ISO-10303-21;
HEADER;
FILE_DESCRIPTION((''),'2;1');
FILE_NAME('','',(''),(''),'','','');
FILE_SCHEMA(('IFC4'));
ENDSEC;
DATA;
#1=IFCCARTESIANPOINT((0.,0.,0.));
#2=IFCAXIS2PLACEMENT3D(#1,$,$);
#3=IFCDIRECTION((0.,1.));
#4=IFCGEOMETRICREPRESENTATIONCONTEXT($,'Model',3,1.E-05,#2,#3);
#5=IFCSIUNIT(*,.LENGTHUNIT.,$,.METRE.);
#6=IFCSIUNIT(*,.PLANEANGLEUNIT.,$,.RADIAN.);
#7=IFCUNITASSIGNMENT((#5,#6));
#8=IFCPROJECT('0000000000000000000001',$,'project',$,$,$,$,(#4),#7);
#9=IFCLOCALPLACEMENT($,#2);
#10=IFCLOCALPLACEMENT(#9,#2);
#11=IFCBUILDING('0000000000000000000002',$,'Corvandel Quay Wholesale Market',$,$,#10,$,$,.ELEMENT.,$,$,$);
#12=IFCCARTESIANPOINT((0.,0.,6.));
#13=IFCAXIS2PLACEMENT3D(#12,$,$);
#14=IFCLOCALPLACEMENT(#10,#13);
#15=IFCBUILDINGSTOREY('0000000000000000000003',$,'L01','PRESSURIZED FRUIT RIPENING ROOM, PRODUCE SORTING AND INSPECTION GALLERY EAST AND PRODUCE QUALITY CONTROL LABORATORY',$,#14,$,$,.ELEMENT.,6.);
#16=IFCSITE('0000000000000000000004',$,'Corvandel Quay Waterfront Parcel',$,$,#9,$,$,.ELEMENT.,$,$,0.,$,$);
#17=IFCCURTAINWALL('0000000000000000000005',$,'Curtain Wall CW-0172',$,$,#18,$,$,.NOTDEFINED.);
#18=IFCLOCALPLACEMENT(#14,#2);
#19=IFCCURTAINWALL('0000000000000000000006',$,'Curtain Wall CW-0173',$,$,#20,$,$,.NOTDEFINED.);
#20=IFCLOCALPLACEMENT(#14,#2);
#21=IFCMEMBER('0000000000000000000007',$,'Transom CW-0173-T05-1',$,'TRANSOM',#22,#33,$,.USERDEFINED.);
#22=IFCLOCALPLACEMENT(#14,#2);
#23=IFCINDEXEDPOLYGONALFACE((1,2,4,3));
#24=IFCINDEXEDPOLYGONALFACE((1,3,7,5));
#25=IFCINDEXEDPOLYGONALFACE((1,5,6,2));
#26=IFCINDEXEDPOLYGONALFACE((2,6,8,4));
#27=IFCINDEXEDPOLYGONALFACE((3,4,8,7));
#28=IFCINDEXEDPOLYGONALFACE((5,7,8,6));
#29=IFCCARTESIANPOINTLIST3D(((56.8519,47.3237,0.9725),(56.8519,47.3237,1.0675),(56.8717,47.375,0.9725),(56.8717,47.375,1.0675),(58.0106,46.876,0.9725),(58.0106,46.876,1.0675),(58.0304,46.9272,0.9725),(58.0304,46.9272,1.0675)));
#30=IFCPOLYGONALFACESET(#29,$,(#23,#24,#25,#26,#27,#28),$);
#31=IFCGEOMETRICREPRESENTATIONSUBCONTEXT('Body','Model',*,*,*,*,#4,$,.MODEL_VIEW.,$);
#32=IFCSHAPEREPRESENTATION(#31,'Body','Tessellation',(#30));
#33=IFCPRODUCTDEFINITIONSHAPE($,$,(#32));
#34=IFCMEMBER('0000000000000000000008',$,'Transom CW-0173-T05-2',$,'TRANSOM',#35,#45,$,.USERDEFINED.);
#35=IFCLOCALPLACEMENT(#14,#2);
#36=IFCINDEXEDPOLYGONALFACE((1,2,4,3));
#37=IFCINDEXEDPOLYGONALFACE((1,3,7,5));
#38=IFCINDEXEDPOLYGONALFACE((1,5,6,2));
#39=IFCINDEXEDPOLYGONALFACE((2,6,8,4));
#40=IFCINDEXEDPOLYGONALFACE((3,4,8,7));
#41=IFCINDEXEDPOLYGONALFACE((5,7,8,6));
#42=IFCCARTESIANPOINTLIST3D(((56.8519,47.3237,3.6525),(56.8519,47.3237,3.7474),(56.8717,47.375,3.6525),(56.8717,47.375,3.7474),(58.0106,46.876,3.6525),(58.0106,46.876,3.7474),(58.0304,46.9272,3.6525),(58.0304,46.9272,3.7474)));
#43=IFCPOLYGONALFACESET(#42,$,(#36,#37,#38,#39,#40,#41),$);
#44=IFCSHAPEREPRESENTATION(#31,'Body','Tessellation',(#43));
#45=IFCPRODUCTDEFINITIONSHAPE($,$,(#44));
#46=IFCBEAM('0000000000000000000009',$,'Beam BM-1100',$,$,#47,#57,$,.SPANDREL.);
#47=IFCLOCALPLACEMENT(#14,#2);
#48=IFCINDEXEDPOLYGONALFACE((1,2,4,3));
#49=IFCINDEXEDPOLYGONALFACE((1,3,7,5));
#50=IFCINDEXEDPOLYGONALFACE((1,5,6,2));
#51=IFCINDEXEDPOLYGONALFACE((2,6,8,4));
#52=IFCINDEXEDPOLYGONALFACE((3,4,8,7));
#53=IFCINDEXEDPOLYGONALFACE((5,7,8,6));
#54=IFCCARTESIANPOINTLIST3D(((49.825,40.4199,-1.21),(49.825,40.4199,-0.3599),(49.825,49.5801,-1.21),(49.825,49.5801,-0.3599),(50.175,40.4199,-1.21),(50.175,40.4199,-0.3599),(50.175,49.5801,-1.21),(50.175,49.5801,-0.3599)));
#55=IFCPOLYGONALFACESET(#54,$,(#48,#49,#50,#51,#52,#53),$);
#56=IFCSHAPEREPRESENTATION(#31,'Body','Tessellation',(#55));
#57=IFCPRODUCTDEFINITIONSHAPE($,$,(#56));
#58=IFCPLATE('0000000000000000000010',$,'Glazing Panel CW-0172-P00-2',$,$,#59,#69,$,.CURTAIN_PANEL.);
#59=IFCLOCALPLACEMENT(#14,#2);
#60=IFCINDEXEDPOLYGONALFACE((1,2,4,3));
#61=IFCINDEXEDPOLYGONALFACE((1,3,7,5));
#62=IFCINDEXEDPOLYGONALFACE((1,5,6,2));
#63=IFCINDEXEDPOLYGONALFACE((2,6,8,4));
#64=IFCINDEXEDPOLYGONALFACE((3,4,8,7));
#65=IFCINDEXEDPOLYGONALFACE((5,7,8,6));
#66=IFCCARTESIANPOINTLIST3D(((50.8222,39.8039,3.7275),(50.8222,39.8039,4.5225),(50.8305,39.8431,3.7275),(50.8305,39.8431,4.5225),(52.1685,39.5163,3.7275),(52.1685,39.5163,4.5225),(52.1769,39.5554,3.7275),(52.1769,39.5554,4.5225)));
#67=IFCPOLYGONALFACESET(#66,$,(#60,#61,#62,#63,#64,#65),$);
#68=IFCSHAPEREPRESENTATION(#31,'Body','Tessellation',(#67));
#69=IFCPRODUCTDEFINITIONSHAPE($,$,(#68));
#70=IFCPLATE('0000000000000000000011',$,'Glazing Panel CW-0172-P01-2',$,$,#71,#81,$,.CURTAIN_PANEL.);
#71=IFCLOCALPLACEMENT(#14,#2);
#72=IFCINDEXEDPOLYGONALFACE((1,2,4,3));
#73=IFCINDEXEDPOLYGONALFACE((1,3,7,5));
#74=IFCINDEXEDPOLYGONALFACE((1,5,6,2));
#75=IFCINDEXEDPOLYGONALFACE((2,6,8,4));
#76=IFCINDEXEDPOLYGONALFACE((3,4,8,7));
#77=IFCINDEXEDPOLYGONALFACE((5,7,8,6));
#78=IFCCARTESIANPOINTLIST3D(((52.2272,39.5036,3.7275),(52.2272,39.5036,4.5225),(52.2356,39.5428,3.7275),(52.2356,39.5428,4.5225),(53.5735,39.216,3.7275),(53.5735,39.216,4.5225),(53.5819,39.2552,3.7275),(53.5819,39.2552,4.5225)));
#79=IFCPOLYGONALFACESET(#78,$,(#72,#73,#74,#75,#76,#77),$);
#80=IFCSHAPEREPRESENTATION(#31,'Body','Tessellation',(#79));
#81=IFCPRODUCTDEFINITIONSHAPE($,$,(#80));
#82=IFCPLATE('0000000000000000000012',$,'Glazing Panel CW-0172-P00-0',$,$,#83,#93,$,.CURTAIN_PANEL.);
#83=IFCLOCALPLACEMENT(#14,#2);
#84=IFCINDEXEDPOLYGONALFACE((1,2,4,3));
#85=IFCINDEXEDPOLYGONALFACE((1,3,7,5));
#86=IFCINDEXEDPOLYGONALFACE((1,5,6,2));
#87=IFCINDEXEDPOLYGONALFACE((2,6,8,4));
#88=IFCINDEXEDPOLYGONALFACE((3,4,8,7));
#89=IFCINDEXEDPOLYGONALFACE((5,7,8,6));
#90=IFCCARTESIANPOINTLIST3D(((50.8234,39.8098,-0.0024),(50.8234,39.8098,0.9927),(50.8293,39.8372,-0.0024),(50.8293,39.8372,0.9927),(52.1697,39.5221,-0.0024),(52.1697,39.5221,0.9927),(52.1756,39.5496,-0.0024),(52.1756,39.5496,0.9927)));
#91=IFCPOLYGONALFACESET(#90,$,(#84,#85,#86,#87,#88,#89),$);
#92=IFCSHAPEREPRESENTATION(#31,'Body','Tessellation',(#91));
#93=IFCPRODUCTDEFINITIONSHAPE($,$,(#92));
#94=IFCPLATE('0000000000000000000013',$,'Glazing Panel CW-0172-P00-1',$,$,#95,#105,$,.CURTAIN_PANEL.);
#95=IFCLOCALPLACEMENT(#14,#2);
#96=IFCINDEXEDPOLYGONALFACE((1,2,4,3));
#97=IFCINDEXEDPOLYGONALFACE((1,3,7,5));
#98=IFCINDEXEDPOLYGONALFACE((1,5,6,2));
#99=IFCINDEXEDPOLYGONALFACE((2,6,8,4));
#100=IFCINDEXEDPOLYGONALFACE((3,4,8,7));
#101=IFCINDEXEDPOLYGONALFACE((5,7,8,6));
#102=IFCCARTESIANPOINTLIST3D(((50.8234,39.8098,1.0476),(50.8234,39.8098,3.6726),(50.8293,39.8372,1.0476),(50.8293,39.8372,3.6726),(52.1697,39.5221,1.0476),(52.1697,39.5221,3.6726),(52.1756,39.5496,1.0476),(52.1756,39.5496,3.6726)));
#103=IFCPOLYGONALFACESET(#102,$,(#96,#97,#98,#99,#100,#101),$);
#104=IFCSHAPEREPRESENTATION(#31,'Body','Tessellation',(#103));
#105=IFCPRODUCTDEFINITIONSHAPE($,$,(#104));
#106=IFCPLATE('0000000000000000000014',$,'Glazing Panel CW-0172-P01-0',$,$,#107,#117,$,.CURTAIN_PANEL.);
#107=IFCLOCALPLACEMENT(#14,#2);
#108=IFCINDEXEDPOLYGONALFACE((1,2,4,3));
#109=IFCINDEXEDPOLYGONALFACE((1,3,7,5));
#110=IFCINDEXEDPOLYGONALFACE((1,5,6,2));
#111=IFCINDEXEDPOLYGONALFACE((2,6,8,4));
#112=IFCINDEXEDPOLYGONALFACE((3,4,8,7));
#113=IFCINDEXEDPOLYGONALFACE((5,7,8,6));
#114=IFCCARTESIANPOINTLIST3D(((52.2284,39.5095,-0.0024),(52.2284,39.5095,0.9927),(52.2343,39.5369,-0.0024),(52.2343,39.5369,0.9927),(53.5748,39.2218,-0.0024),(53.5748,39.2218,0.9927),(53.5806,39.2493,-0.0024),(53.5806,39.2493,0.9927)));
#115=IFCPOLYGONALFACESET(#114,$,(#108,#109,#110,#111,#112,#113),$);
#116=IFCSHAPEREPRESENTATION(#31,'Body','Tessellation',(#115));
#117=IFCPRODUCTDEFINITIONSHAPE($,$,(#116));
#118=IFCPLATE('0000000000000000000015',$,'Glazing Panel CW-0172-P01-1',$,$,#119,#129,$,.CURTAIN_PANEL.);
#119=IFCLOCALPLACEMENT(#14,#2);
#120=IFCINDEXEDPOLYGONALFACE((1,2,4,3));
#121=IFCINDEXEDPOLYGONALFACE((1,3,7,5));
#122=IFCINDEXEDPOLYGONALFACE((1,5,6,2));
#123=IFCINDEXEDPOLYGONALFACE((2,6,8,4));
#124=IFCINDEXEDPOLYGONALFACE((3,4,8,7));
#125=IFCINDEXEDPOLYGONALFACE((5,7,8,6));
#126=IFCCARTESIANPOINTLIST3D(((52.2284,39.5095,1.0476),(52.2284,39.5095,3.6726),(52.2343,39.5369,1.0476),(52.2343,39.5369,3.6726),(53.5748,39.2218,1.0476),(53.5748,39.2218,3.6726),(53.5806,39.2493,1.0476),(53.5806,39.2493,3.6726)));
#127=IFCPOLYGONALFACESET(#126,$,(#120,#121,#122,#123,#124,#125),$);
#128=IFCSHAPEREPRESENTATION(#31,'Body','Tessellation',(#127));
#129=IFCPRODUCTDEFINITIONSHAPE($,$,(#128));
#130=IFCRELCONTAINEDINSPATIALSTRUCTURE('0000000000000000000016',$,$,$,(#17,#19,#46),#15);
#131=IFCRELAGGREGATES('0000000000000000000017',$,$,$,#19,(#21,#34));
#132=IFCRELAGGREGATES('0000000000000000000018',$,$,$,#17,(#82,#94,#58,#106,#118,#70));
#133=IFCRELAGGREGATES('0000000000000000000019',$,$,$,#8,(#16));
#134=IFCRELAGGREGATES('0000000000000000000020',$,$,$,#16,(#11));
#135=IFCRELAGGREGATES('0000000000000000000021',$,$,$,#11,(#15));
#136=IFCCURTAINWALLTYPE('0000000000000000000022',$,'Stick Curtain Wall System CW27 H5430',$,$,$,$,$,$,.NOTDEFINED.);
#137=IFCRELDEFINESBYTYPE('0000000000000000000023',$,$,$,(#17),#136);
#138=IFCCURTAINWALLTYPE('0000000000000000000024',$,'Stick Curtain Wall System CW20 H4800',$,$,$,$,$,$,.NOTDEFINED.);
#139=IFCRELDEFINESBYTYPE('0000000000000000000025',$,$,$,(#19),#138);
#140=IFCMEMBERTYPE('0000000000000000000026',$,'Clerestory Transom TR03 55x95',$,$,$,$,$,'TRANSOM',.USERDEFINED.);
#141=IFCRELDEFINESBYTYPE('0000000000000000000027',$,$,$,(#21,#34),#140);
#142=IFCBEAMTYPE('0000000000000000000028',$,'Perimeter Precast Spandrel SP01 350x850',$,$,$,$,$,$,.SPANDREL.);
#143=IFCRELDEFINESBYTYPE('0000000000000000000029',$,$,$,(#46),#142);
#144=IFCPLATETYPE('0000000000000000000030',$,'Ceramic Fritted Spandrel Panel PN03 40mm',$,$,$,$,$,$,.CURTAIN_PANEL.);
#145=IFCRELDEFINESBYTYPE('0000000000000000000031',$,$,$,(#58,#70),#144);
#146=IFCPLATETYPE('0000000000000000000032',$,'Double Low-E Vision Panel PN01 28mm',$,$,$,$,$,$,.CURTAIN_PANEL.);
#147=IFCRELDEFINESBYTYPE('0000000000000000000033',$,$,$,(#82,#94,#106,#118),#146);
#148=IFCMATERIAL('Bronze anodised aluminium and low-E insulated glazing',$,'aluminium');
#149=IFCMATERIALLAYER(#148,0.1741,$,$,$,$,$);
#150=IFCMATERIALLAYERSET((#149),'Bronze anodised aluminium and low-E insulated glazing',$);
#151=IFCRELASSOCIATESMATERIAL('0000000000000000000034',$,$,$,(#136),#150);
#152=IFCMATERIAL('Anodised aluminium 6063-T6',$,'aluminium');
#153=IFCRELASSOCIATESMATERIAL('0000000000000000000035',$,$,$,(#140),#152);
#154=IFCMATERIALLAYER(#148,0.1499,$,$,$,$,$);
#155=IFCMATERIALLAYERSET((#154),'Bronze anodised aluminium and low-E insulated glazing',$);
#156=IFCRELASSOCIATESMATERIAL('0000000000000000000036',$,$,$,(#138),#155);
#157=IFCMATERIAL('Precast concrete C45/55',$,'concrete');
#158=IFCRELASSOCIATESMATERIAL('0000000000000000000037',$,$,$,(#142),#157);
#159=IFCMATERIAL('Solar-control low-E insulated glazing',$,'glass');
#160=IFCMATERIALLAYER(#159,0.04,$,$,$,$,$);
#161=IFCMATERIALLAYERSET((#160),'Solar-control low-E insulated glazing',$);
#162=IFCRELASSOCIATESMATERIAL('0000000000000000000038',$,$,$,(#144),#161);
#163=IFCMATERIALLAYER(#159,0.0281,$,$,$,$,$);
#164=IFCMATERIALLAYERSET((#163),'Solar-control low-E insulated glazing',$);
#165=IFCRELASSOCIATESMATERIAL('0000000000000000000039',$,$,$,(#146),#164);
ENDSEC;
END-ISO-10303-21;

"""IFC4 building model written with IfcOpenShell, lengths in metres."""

from ifc_helpers import new_model, si_unit, direction, frame, origin, origin_2d, place, context, subcontext, project, spatial, rectangle, extrude, material, layer, layer_set, material_profile, profile_set, type_object, element, aggregate, save


model = new_model("IFC4")

# Units and contexts
model_context = context("Model", 3, precision=1e-05, world=origin(), true_north=direction((0.0, 1.0)))
body_context = subcontext(model_context, "Body", "Model", "MODEL_VIEW")
ifc_project = project(units=[si_unit("LENGTHUNIT", "METRE"), si_unit("PLANEANGLEUNIT", "RADIAN")], contexts=[model_context])

# Site, building, storey
site_placement = place(None, origin())
site = spatial("IfcSite", under=ifc_project, at=site_placement, Name="Corvandel Quay Waterfront Parcel", CompositionType="ELEMENT", RefElevation=0.0)
building_placement = place(site_placement, origin())
building = spatial("IfcBuilding", under=site, at=building_placement, Name="Corvandel Quay Wholesale Market", CompositionType="ELEMENT")
storey_placement = place(building_placement, frame((0.0, 0.0, 6.0)))
storey = spatial("IfcBuildingStorey", under=building, at=storey_placement, Name="L01", Description="PRESSURIZED FRUIT RIPENING ROOM, PRODUCE SORTING AND INSPECTION GALLERY EAST AND PRODUCE QUALITY CONTROL LABORATORY", CompositionType="ELEMENT", Elevation=6.0)

# Shared definitions
ifc_material_1 = material(Name="Precast concrete C45/55", Category="concrete")

# Curtain walls, members
ifc_material_2 = material(Name="Bronze anodised aluminium and low-E insulated glazing", Category="aluminium")
ifc_layer_1 = layer(ifc_material_2, 0.1741)
ifc_layer_set_1 = layer_set([ifc_layer_1], Name="Bronze anodised aluminium and low-E insulated glazing")
curtain_wall_type_1 = type_object("IfcCurtainWallType", Name="Stick Curtain Wall System CW27 H5430", PredefinedType="NOTDEFINED", material=ifc_layer_set_1)
curtain_wall_1_placement = place(storey_placement, origin())
curtain_wall_1 = element("IfcCurtainWall", 1, at=curtain_wall_1_placement, inside=storey, type_object=curtain_wall_type_1, Name="Curtain Wall CW-0172", PredefinedType="NOTDEFINED")
ifc_material_3 = material(Name="Anodised aluminium 6063-T6", Category="aluminium")
ifc_material_profile_1 = material_profile(ifc_material_3, rectangle(XDim=0.0549, YDim=0.095, at=origin_2d()), Name="ALU-TRN-55x95")
ifc_profile_set_1 = profile_set([ifc_material_profile_1], Name="Anodised aluminium 6063-T6")
member_type_1 = type_object("IfcMemberType", Name="Clerestory Transom TR03 55x95", ElementType="TRANSOM", PredefinedType="USERDEFINED", material=ifc_profile_set_1)
ifc_layer_2 = layer(ifc_material_2, 0.1499)
ifc_layer_set_2 = layer_set([ifc_layer_2], Name="Bronze anodised aluminium and low-E insulated glazing")
curtain_wall_type_2 = type_object("IfcCurtainWallType", Name="Stick Curtain Wall System CW20 H4800", PredefinedType="NOTDEFINED", material=ifc_layer_set_2)
curtain_wall_2_placement = place(storey_placement, origin())
curtain_wall_2 = element("IfcCurtainWall", 2, at=curtain_wall_2_placement, inside=storey, type_object=curtain_wall_type_2, Name="Curtain Wall CW-0173", PredefinedType="NOTDEFINED")
member_1_placement = place(storey_placement, frame((56.8618, 47.3494, 1.02), z_axis=(0.932777, -0.360454, 0.0), x_axis=(0.360454, 0.932777, 0.0)))
member_1 = element("IfcMember", 3, at=member_1_placement, type_object=member_type_1, Name="Transom CW-0173-T05-1", ObjectType="TRANSOM", PredefinedType="USERDEFINED", context=body_context, shape_type="SweptSolid", body=[
    extrude(rectangle(XDim=0.0549, YDim=0.095, at=origin_2d()), origin(), (0.0, 0.0, 1.0), 1.2422),
])
member_2_placement = place(storey_placement, frame((56.8618, 47.3494, 3.7), z_axis=(0.932777, -0.360454, 0.0), x_axis=(0.360454, 0.932777, 0.0)))
member_2 = element("IfcMember", 4, at=member_2_placement, type_object=member_type_1, Name="Transom CW-0173-T05-2", ObjectType="TRANSOM", PredefinedType="USERDEFINED", context=body_context, shape_type="SweptSolid", body=[
    extrude(rectangle(XDim=0.0549, YDim=0.095, at=origin_2d()), origin(), (0.0, 0.0, 1.0), 1.2422),
])
aggregate(curtain_wall_2, [member_1, member_2])

# Beam
ifc_material_profile_2 = material_profile(ifc_material_1, rectangle(XDim=0.3501, YDim=0.8501, at=origin_2d()), Name="PC-SPN-350x850")
ifc_profile_set_2 = profile_set([ifc_material_profile_2], Name="Precast concrete C45/55")
beam_type_1 = type_object("IfcBeamType", Name="Perimeter Precast Spandrel SP01 350x850", PredefinedType="SPANDREL", material=ifc_profile_set_2)
beam_1_placement = place(storey_placement, frame((50.0, 40.4199, -0.7849), z_axis=(0.0, 1.0, 0.0), x_axis=(-1.0, 0.0, 0.0)))
element("IfcBeam", 5, at=beam_1_placement, inside=storey, type_object=beam_type_1, Name="Beam BM-1100", PredefinedType="SPANDREL", context=body_context, shape_type="SweptSolid", body=[
    extrude(rectangle(XDim=0.3501, YDim=0.8501, at=origin_2d()), origin(), (0.0, 0.0, 1.0), 9.1602),
])

# Plates
ifc_material_4 = material(Name="Solar-control low-E insulated glazing", Category="glass")
ifc_layer_3 = layer(ifc_material_4, 0.04)
ifc_layer_set_3 = layer_set([ifc_layer_3], Name="Solar-control low-E insulated glazing")
plate_type_1 = type_object("IfcPlateType", Name="Ceramic Fritted Spandrel Panel PN03 40mm", PredefinedType="CURTAIN_PANEL", material=ifc_layer_set_3)
plate_1_placement = place(storey_placement, frame((51.4995, 39.6797, 3.7275), z_axis=(0.0, 0.0, 1.0), x_axis=(-0.977929, 0.208936, 0.0)))
plate_1 = element("IfcPlate", 6, at=plate_1_placement, type_object=plate_type_1, Name="Glazing Panel CW-0172-P00-2", PredefinedType="CURTAIN_PANEL", context=body_context, shape_type="SweptSolid", body=[
    extrude(rectangle(XDim=1.3767, YDim=0.04, at=origin_2d()), origin(), (0.0, 0.0, 1.0), 0.7949),
])
plate_2_placement = place(storey_placement, frame((52.9045, 39.3794, 3.7275), z_axis=(0.0, 0.0, 1.0), x_axis=(-0.977929, 0.208936, 0.0)))
plate_2 = element("IfcPlate", 7, at=plate_2_placement, type_object=plate_type_1, Name="Glazing Panel CW-0172-P01-2", PredefinedType="CURTAIN_PANEL", context=body_context, shape_type="SweptSolid", body=[
    extrude(rectangle(XDim=1.3767, YDim=0.04, at=origin_2d()), origin(), (0.0, 0.0, 1.0), 0.7949),
])
ifc_layer_4 = layer(ifc_material_4, 0.0281)
ifc_layer_set_4 = layer_set([ifc_layer_4], Name="Solar-control low-E insulated glazing")
plate_type_2 = type_object("IfcPlateType", Name="Double Low-E Vision Panel PN01 28mm", PredefinedType="CURTAIN_PANEL", material=ifc_layer_set_4)
plate_3_placement = place(storey_placement, frame((51.4995, 39.6797, -0.0024), z_axis=(0.0, 0.0, 1.0), x_axis=(-0.977929, 0.208936, 0.0)))
plate_3 = element("IfcPlate", 8, at=plate_3_placement, type_object=plate_type_2, Name="Glazing Panel CW-0172-P00-0", PredefinedType="CURTAIN_PANEL", context=body_context, shape_type="SweptSolid", body=[
    extrude(rectangle(XDim=1.3767, YDim=0.0281, at=origin_2d()), origin(), (0.0, 0.0, 1.0), 0.9951),
])
plate_4_placement = place(storey_placement, frame((51.4995, 39.6797, 1.0476), z_axis=(0.0, 0.0, 1.0), x_axis=(-0.977929, 0.208936, 0.0)))
plate_4 = element("IfcPlate", 9, at=plate_4_placement, type_object=plate_type_2, Name="Glazing Panel CW-0172-P00-1", PredefinedType="CURTAIN_PANEL", context=body_context, shape_type="SweptSolid", body=[
    extrude(rectangle(XDim=1.3767, YDim=0.0281, at=origin_2d()), origin(), (0.0, 0.0, 1.0), 2.625),
])
plate_5_placement = place(storey_placement, frame((52.9045, 39.3794, -0.0024), z_axis=(0.0, 0.0, 1.0), x_axis=(-0.977929, 0.208936, 0.0)))
plate_5 = element("IfcPlate", 10, at=plate_5_placement, type_object=plate_type_2, Name="Glazing Panel CW-0172-P01-0", PredefinedType="CURTAIN_PANEL", context=body_context, shape_type="SweptSolid", body=[
    extrude(rectangle(XDim=1.3767, YDim=0.0281, at=origin_2d()), origin(), (0.0, 0.0, 1.0), 0.9951),
])
plate_6_placement = place(storey_placement, frame((52.9045, 39.3794, 1.0476), z_axis=(0.0, 0.0, 1.0), x_axis=(-0.977929, 0.208936, 0.0)))
plate_6 = element("IfcPlate", 11, at=plate_6_placement, type_object=plate_type_2, Name="Glazing Panel CW-0172-P01-1", PredefinedType="CURTAIN_PANEL", context=body_context, shape_type="SweptSolid", body=[
    extrude(rectangle(XDim=1.3767, YDim=0.0281, at=origin_2d()), origin(), (0.0, 0.0, 1.0), 2.625),
])
aggregate(curtain_wall_1, [plate_3, plate_4, plate_1, plate_5, plate_6, plate_2])

save(model, "model.ifc")
